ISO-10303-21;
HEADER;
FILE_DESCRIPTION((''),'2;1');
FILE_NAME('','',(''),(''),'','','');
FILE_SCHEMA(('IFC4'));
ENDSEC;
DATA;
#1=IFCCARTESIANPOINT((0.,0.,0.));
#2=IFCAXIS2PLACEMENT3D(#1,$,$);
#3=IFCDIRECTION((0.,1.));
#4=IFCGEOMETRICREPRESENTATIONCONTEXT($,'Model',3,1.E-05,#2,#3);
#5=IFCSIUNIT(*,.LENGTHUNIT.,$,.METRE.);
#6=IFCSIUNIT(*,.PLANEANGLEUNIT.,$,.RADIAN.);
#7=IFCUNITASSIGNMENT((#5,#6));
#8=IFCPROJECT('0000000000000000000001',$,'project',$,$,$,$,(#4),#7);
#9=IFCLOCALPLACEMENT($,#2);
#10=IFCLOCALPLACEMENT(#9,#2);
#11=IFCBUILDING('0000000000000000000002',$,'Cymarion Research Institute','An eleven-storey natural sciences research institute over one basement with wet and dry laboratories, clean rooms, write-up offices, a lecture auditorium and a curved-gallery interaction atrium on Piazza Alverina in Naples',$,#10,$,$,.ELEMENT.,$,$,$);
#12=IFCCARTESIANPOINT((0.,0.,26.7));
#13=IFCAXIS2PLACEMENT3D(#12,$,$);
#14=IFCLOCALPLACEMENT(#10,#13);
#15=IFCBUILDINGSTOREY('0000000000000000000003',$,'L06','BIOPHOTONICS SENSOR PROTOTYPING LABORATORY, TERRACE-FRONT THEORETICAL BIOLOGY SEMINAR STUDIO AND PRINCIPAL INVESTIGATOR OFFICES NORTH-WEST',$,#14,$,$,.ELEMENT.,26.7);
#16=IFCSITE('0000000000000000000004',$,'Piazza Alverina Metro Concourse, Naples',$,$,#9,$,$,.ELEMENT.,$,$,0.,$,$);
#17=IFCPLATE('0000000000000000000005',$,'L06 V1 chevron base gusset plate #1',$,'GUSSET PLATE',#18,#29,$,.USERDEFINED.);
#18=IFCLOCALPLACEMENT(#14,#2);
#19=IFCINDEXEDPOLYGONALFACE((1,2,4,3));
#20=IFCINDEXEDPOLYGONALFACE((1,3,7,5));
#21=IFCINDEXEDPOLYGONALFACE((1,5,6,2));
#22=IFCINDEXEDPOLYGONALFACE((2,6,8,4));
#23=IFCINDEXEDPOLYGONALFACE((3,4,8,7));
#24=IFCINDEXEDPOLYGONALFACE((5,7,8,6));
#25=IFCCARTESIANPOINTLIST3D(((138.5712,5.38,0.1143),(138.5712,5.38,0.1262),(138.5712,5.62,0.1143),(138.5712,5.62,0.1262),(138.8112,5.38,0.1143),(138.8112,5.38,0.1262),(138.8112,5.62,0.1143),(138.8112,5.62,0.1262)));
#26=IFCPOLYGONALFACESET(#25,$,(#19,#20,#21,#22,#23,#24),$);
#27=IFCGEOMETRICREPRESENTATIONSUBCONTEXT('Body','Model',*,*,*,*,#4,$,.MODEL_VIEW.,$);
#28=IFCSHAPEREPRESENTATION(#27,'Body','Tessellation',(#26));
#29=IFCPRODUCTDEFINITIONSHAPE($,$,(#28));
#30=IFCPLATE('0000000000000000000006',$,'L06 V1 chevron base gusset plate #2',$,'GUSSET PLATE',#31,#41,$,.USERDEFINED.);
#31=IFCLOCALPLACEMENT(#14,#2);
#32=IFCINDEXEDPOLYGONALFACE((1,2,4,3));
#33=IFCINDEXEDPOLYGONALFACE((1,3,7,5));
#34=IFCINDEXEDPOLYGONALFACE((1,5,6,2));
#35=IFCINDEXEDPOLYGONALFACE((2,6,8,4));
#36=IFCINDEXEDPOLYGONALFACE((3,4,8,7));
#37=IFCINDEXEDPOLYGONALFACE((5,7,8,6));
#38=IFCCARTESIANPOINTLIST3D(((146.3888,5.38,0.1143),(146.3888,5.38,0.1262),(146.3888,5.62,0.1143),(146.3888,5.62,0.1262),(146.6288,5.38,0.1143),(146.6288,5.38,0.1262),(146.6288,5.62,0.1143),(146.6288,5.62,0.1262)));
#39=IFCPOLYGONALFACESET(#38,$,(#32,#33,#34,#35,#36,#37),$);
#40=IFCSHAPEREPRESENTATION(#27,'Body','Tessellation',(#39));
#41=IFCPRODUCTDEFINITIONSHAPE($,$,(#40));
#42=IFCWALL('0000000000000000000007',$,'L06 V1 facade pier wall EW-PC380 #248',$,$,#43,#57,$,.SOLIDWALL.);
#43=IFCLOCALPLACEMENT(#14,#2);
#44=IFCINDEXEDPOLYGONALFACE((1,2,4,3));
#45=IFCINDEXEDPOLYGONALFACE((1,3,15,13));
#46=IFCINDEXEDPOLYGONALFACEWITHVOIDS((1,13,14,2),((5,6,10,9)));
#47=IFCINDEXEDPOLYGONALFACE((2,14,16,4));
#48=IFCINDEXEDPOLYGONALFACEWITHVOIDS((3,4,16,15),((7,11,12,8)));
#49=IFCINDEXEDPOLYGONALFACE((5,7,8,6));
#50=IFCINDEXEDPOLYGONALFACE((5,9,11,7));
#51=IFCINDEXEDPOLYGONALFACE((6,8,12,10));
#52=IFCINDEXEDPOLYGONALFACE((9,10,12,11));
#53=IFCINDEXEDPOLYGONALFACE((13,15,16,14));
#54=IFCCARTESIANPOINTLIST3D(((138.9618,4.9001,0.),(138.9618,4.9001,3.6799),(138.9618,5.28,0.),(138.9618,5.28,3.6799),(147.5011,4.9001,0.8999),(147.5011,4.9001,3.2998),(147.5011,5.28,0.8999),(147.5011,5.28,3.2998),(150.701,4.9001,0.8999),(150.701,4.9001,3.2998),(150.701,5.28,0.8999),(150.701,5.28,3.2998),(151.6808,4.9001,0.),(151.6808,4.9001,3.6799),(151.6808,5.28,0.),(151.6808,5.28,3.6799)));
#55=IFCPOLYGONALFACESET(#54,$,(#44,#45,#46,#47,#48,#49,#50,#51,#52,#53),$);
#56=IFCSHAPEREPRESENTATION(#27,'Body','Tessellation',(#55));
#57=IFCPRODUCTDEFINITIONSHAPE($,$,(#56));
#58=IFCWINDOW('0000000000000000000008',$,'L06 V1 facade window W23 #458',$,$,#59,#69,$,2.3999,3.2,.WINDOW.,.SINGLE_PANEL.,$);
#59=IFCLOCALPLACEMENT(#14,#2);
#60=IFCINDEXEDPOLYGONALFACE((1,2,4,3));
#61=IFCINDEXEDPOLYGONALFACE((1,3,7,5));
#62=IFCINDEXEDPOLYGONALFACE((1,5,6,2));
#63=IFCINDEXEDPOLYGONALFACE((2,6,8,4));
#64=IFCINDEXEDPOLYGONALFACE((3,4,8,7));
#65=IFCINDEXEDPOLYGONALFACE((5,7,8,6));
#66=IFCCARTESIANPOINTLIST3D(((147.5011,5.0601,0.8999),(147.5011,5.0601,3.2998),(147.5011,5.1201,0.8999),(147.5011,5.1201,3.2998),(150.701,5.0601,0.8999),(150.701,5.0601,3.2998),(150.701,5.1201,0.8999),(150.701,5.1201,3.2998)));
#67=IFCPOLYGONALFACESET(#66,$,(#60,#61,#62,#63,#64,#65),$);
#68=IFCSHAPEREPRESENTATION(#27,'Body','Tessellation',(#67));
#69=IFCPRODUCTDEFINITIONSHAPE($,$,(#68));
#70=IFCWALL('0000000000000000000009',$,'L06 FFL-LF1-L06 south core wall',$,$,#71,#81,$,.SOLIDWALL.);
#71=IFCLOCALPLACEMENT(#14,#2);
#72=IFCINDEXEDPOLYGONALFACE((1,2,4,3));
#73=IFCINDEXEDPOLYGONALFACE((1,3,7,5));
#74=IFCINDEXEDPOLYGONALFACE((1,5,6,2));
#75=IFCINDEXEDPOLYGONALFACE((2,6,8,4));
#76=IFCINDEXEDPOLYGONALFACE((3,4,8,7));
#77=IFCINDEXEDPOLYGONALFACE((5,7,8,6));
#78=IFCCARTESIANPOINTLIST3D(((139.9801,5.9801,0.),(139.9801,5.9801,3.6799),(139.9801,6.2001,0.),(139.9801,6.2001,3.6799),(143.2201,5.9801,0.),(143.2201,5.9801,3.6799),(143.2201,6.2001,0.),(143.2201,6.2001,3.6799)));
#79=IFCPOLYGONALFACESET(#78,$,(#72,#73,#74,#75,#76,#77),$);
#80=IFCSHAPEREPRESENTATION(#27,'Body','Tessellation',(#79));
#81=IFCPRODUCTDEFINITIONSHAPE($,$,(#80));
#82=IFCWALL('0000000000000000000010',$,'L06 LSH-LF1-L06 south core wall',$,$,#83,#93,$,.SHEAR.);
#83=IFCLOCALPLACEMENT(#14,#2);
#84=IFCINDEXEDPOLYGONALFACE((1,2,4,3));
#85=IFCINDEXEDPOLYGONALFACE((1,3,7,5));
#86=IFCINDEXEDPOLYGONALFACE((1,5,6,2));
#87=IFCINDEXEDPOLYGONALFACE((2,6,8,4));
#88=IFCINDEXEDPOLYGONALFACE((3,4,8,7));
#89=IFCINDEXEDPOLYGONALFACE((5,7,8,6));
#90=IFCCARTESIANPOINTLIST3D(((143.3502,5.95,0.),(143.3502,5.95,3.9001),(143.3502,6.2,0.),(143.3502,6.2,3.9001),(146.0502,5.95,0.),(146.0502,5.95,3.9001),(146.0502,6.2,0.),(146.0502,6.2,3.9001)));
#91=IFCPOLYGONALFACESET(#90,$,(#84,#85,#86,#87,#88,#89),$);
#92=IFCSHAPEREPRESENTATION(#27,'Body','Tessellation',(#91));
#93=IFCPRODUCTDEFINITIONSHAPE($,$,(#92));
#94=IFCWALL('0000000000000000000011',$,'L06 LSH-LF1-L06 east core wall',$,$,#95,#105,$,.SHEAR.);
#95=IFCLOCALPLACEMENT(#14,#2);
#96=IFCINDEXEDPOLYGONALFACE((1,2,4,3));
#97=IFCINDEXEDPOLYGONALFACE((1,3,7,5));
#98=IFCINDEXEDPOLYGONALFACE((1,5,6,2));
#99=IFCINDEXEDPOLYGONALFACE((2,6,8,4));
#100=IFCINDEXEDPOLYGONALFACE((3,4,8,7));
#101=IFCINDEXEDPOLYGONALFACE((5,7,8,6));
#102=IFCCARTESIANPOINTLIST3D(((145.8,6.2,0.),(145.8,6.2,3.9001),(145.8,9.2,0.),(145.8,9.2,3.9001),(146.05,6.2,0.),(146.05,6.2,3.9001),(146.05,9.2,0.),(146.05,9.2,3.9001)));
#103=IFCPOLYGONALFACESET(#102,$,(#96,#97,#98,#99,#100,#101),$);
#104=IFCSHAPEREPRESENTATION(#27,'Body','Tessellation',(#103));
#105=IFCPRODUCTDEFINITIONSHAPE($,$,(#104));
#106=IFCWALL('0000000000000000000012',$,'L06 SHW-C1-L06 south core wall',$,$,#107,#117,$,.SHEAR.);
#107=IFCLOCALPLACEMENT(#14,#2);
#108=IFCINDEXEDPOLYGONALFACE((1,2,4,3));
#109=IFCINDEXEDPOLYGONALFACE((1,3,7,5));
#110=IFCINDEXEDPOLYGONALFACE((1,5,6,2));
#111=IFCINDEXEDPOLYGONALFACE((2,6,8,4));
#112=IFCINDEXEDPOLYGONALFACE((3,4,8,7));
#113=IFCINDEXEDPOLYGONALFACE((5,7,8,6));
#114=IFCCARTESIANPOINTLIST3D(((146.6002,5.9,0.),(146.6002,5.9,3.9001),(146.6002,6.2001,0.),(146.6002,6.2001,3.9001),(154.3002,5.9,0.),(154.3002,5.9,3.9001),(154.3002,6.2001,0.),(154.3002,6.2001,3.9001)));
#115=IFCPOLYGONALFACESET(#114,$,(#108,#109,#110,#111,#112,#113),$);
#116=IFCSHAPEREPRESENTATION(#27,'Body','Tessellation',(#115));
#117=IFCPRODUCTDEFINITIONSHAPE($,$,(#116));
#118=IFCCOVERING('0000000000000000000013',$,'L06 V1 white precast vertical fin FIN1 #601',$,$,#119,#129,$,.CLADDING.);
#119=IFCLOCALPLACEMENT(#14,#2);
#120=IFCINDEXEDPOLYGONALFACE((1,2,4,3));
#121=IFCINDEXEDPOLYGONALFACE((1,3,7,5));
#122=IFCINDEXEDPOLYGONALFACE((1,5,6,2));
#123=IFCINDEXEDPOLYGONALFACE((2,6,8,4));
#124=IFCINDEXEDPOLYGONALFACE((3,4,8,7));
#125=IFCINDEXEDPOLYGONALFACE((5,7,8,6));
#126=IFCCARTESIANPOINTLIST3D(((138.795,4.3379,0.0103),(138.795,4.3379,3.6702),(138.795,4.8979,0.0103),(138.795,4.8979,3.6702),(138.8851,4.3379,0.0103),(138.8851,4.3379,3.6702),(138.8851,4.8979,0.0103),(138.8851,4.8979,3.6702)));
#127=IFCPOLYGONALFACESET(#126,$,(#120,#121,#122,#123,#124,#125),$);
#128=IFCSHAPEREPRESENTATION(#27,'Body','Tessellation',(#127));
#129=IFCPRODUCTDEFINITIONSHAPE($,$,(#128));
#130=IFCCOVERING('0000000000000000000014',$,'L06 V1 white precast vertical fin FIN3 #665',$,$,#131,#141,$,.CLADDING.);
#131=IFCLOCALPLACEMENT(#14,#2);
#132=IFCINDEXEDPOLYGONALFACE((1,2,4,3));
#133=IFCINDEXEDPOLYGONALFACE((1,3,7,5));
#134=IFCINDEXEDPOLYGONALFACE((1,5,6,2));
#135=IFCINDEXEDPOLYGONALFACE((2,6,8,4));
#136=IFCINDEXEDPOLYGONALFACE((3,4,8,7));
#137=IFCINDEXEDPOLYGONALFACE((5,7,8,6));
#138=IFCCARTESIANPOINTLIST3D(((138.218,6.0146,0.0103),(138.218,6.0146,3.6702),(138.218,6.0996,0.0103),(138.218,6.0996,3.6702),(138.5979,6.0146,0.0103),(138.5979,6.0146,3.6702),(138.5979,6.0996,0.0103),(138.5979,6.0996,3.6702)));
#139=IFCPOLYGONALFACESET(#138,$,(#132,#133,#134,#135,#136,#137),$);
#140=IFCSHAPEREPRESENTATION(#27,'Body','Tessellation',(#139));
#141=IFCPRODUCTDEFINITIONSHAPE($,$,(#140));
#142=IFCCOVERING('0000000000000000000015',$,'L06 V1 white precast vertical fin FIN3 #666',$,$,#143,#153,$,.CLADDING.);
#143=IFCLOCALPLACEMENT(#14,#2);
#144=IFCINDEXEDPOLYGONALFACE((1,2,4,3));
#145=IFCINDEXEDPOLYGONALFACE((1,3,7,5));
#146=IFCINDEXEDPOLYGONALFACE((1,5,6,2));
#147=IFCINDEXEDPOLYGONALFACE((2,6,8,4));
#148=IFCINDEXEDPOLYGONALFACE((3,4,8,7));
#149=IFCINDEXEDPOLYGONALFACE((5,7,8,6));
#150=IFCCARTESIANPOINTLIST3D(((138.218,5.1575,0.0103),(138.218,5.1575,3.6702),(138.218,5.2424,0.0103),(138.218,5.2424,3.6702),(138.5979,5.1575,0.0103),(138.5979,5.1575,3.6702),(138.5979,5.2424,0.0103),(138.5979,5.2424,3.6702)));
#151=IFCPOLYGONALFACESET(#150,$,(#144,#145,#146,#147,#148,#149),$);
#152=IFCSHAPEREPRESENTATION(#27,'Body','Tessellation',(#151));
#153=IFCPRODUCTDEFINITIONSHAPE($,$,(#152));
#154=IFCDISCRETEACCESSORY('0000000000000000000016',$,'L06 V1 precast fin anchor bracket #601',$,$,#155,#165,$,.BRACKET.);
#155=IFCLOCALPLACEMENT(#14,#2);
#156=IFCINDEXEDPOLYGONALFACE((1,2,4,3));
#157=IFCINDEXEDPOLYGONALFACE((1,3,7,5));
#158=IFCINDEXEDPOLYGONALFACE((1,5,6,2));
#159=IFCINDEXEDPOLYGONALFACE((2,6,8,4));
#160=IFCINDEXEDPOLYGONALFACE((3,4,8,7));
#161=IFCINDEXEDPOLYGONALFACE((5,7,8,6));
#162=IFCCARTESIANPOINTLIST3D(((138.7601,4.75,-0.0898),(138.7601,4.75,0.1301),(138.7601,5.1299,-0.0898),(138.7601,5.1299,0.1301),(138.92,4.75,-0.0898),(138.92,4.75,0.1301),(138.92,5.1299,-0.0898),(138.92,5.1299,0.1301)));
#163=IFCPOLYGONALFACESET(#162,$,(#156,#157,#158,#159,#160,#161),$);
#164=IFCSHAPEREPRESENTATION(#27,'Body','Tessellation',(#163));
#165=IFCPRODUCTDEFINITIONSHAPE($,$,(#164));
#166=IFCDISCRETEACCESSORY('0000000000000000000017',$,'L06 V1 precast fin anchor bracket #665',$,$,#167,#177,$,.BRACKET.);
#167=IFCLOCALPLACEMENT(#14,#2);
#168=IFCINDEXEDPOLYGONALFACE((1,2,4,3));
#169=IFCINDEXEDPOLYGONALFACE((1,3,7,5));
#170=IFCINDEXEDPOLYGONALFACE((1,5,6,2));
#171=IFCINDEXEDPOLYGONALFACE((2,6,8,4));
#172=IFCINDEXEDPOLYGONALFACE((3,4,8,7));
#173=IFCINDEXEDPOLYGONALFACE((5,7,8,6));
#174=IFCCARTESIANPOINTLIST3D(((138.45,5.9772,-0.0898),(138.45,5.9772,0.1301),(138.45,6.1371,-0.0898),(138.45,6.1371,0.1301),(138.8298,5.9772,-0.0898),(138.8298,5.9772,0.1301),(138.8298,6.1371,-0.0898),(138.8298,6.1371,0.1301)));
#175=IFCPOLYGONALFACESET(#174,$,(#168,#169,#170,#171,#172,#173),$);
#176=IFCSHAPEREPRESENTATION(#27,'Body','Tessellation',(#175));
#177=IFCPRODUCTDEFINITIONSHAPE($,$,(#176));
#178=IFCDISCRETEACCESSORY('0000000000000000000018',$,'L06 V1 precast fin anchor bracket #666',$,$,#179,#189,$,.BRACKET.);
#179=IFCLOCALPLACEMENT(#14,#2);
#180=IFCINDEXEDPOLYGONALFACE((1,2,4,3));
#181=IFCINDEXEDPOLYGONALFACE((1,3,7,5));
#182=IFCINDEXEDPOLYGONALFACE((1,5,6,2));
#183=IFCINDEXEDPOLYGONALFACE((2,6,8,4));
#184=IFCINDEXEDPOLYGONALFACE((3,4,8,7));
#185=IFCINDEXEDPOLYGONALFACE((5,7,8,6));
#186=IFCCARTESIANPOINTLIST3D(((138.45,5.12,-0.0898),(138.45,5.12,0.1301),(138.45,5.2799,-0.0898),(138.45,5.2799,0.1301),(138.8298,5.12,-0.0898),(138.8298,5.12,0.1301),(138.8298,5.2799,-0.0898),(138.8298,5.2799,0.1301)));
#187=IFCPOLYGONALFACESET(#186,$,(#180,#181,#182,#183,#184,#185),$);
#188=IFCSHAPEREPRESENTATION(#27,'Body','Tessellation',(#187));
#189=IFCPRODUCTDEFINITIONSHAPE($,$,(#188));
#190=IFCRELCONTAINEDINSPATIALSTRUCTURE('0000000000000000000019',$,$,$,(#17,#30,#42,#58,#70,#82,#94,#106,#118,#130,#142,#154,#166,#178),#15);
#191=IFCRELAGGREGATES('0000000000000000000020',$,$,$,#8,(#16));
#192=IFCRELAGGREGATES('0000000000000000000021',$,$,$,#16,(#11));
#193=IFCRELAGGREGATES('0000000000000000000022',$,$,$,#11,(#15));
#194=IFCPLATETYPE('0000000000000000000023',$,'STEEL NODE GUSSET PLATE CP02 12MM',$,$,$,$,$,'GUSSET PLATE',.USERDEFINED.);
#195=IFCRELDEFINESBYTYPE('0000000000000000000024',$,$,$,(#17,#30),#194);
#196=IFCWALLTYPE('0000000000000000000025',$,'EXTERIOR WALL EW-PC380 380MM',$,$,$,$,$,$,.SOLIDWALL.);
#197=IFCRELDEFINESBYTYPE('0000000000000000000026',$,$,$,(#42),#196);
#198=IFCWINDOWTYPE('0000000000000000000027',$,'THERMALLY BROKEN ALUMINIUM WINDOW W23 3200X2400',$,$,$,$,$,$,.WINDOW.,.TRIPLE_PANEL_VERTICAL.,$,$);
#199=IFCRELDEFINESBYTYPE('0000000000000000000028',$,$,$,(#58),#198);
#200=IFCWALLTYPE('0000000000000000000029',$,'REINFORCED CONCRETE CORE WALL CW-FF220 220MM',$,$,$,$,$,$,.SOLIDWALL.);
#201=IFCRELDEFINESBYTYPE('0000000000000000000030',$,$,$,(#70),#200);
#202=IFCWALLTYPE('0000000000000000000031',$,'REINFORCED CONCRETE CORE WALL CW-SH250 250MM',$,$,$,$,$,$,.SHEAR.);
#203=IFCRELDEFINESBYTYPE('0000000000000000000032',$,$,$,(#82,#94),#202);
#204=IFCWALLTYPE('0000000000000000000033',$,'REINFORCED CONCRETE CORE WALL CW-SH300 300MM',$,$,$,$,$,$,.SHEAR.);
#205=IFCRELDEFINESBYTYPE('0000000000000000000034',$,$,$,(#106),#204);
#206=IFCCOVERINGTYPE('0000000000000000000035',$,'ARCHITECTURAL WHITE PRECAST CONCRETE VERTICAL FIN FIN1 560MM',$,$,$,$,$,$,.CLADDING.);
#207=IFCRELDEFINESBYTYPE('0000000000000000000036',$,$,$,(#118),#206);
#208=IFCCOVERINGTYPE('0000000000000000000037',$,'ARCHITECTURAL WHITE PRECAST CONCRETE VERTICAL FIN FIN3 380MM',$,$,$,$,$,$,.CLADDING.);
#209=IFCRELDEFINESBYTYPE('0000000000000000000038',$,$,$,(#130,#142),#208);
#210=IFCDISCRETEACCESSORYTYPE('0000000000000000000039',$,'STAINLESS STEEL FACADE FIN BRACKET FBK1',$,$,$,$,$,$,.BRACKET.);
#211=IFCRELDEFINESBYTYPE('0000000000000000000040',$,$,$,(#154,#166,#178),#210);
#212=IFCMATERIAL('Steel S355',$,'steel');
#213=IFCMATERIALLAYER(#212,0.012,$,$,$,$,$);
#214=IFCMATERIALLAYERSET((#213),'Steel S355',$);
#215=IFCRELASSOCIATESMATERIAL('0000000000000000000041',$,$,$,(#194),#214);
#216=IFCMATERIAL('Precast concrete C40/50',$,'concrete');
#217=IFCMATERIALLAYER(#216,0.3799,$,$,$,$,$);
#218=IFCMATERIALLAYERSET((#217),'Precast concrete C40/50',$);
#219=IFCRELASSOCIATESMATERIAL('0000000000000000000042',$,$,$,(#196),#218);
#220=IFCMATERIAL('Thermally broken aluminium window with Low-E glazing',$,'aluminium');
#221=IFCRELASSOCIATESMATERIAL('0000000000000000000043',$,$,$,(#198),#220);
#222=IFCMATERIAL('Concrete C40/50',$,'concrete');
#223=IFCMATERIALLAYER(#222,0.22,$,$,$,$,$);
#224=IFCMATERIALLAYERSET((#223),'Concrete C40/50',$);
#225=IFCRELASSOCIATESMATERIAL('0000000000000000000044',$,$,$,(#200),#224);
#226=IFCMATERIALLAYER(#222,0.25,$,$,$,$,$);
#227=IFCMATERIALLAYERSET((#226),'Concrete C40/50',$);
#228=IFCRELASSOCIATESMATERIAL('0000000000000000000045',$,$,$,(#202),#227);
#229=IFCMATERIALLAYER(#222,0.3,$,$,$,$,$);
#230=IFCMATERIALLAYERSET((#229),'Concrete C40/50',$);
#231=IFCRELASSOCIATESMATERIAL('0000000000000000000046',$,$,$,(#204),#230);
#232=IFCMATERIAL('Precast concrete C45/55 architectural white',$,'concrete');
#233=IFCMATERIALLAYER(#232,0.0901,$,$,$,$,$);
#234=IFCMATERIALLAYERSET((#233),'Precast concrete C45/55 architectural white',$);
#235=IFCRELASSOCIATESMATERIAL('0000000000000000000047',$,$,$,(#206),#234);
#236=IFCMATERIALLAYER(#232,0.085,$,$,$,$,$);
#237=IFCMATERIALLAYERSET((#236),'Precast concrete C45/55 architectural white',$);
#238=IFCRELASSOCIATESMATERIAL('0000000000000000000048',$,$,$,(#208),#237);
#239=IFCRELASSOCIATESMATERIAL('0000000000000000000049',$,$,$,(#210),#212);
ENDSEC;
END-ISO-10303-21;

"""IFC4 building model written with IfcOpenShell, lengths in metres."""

from ifc_helpers import new_model, si_unit, direction, frame, frame_2d, origin, origin_2d, place, context, subcontext, project, spatial, rectangle, extrude, material, layer, layer_set, type_object, element, fill, save


model = new_model("IFC4")

# Units and contexts
model_context = context("Model", 3, precision=1e-05, world=origin(), true_north=direction((0.0, 1.0)))
body_context = subcontext(model_context, "Body", "Model", "MODEL_VIEW")
ifc_project = project(units=[si_unit("LENGTHUNIT", "METRE"), si_unit("PLANEANGLEUNIT", "RADIAN")], contexts=[model_context])

# Site, building, storey
site_placement = place(None, origin())
site = spatial("IfcSite", under=ifc_project, at=site_placement, Name="Piazza Alverina Metro Concourse, Naples", CompositionType="ELEMENT", RefElevation=0.0)
building_placement = place(site_placement, origin())
building = spatial("IfcBuilding", under=site, at=building_placement, Name="Cymarion Research Institute", Description="An eleven-storey natural sciences research institute over one basement with wet and dry laboratories, clean rooms, write-up offices, a lecture auditorium and a curved-gallery interaction atrium on Piazza Alverina in Naples", CompositionType="ELEMENT")
storey_placement = place(building_placement, frame((0.0, 0.0, 26.7)))
storey = spatial("IfcBuildingStorey", under=building, at=storey_placement, Name="L06", Description="BIOPHOTONICS SENSOR PROTOTYPING LABORATORY, TERRACE-FRONT THEORETICAL BIOLOGY SEMINAR STUDIO AND PRINCIPAL INVESTIGATOR OFFICES NORTH-WEST", CompositionType="ELEMENT", Elevation=26.7)

# Shared definitions
ifc_material_1 = material(Name="Steel S355", Category="steel")

# Plates
ifc_layer_1 = layer(ifc_material_1, 0.012)
ifc_layer_set_1 = layer_set([ifc_layer_1], Name="Steel S355")
plate_type = type_object("IfcPlateType", Name="STEEL NODE GUSSET PLATE CP02 12MM", ElementType="GUSSET PLATE", PredefinedType="USERDEFINED", material=ifc_layer_set_1)
for number, where, z_axis, x_axis, name in (
    (1, (138.6912, 5.5, 0.1143), (0.0, 0.0, 1.0), (1.0, 0.0, 0.0), "L06 V1 chevron base gusset plate #1"),
    (2, (146.5088, 5.5, 0.1143), (0.0, 0.0, 1.0), (1.0, 0.0, 0.0), "L06 V1 chevron base gusset plate #2"),
):
    element("IfcPlate", number, at=place(storey_placement, frame(where, z_axis=z_axis, x_axis=x_axis)), inside=storey, type_object=plate_type, Name=name, ObjectType="GUSSET PLATE", PredefinedType="USERDEFINED", context=body_context, shape_type="SweptSolid", body=[
        extrude(rectangle(XDim=0.24, YDim=0.24, at=origin_2d()), origin(), (0.0, 0.0, 1.0), 0.012),
    ])

# Wall, opening, window
ifc_material_2 = material(Name="Precast concrete C40/50", Category="concrete")
ifc_layer_2 = layer(ifc_material_2, 0.3799)
ifc_layer_set_2 = layer_set([ifc_layer_2], Name="Precast concrete C40/50")
wall_type_1 = type_object("IfcWallType", Name="EXTERIOR WALL EW-PC380 380MM", PredefinedType="SOLIDWALL", material=ifc_layer_set_2)
wall_1_placement = place(storey_placement, frame((138.9619, 5.0901, 0.0), z_axis=(0.0, 0.0, 1.0), x_axis=(1.0, 0.0, 0.0)))
wall_1 = element("IfcWall", 3, at=wall_1_placement, inside=storey, type_object=wall_type_1, Name="L06 V1 facade pier wall EW-PC380 #248", PredefinedType="SOLIDWALL", context=body_context, shape_type="SweptSolid", body=[
    extrude(rectangle(XDim=12.719, YDim=0.3799, at=frame_2d((6.3594, 0.0))), origin(), (0.0, 0.0, 1.0), 3.6799),
])
opening_placement = place(wall_1_placement, frame((8.5391, 0.0, 0.8999)))
opening = element("IfcOpeningElement", 4, at=opening_placement, cuts=wall_1, PredefinedType="OPENING", context=body_context, shape_type="SweptSolid", body=[
    extrude(rectangle(XDim=3.2, YDim=2.3999, at=frame_2d((1.6001, 1.2))), frame((0.0, 0.2, 0.0), z_axis=(0.0, -1.0, 0.0), x_axis=(1.0, 0.0, 0.0)), (0.0, 0.0, 1.0), 0.3999),
])
ifc_material_3 = material(Name="Thermally broken aluminium window with Low-E glazing", Category="aluminium")
window_type = type_object("IfcWindowType", Name="THERMALLY BROKEN ALUMINIUM WINDOW W23 3200X2400", PartitioningType="TRIPLE_PANEL_VERTICAL", PredefinedType="WINDOW", material=ifc_material_3)
window_placement = place(opening_placement, origin())
window = element("IfcWindow", 5, at=window_placement, inside=storey, type_object=window_type, Name="L06 V1 facade window W23 #458", OverallHeight=2.3999, OverallWidth=3.2, PartitioningType="SINGLE_PANEL", PredefinedType="WINDOW", context=body_context, shape_type="SweptSolid", body=[
    extrude(rectangle(XDim=3.2, YDim=2.3999, at=frame_2d((1.6001, 1.2))), frame((0.0, 0.03, 0.0), z_axis=(0.0, -1.0, 0.0), x_axis=(1.0, 0.0, 0.0)), (0.0, 0.0, 1.0), 0.0601),
])
fill(opening, window)

# Walls
ifc_material_4 = material(Name="Concrete C40/50", Category="concrete")
ifc_layer_3 = layer(ifc_material_4, 0.22)
ifc_layer_set_3 = layer_set([ifc_layer_3], Name="Concrete C40/50")
wall_type_2 = type_object("IfcWallType", Name="REINFORCED CONCRETE CORE WALL CW-FF220 220MM", PredefinedType="SOLIDWALL", material=ifc_layer_set_3)
wall_2_placement = place(storey_placement, frame((139.98, 6.0901, 0.0), z_axis=(0.0, 0.0, 1.0), x_axis=(1.0, 0.0, 0.0)))
element("IfcWall", 6, at=wall_2_placement, inside=storey, type_object=wall_type_2, Name="L06 FFL-LF1-L06 south core wall", PredefinedType="SOLIDWALL", context=body_context, shape_type="SweptSolid", body=[
    extrude(rectangle(XDim=3.24, YDim=0.22, at=frame_2d((1.6201, 0.0))), origin(), (0.0, 0.0, 1.0), 3.6799),
])
ifc_layer_4 = layer(ifc_material_4, 0.25)
ifc_layer_set_4 = layer_set([ifc_layer_4], Name="Concrete C40/50")
wall_type_3 = type_object("IfcWallType", Name="REINFORCED CONCRETE CORE WALL CW-SH250 250MM", PredefinedType="SHEAR", material=ifc_layer_set_4)
wall_3_placement = place(storey_placement, frame((143.3501, 6.075, 0.0), z_axis=(0.0, 0.0, 1.0), x_axis=(1.0, 0.0, 0.0)))
element("IfcWall", 7, at=wall_3_placement, inside=storey, type_object=wall_type_3, Name="L06 LSH-LF1-L06 south core wall", PredefinedType="SHEAR", context=body_context, shape_type="SweptSolid", body=[
    extrude(rectangle(XDim=2.7, YDim=0.25, at=frame_2d((1.3501, 0.0))), origin(), (0.0, 0.0, 1.0), 3.9001),
])
wall_4_placement = place(storey_placement, frame((145.925, 6.2, 0.0), z_axis=(0.0, 0.0, 1.0), x_axis=(0.0, 1.0, 0.0)))
element("IfcWall", 8, at=wall_4_placement, inside=storey, type_object=wall_type_3, Name="L06 LSH-LF1-L06 east core wall", PredefinedType="SHEAR", context=body_context, shape_type="SweptSolid", body=[
    extrude(rectangle(XDim=3.0, YDim=0.25, at=frame_2d((1.5, 0.0))), origin(), (0.0, 0.0, 1.0), 3.9001),
])
ifc_layer_5 = layer(ifc_material_4, 0.3)
ifc_layer_set_5 = layer_set([ifc_layer_5], Name="Concrete C40/50")
wall_type_4 = type_object("IfcWallType", Name="REINFORCED CONCRETE CORE WALL CW-SH300 300MM", PredefinedType="SHEAR", material=ifc_layer_set_5)
wall_5_placement = place(storey_placement, frame((146.6001, 6.05, 0.0), z_axis=(0.0, 0.0, 1.0), x_axis=(1.0, 0.0, 0.0)))
element("IfcWall", 9, at=wall_5_placement, inside=storey, type_object=wall_type_4, Name="L06 SHW-C1-L06 south core wall", PredefinedType="SHEAR", context=body_context, shape_type="SweptSolid", body=[
    extrude(rectangle(XDim=7.7, YDim=0.3, at=frame_2d((3.8501, 0.0))), origin(), (0.0, 0.0, 1.0), 3.9001),
])

# Coverings
ifc_material_5 = material(Name="Precast concrete C45/55 architectural white", Category="concrete")
ifc_layer_6 = layer(ifc_material_5, 0.0901)
ifc_layer_set_6 = layer_set([ifc_layer_6], Name="Precast concrete C45/55 architectural white")
covering_type_1 = type_object("IfcCoveringType", Name="ARCHITECTURAL WHITE PRECAST CONCRETE VERTICAL FIN FIN1 560MM", PredefinedType="CLADDING", material=ifc_layer_set_6)
covering_placement = place(storey_placement, frame((138.8401, 4.6179, 0.0103), z_axis=(0.0, 0.0, 1.0), x_axis=(0.0, -1.0, 0.0)))
element("IfcCovering", 10, at=covering_placement, inside=storey, type_object=covering_type_1, Name="L06 V1 white precast vertical fin FIN1 #601", PredefinedType="CLADDING", context=body_context, shape_type="SweptSolid", body=[
    extrude(rectangle(XDim=0.5601, YDim=0.0901, at=origin_2d()), origin(), (0.0, 0.0, 1.0), 3.6599),
])
ifc_layer_7 = layer(ifc_material_5, 0.085)
ifc_layer_set_7 = layer_set([ifc_layer_7], Name="Precast concrete C45/55 architectural white")
covering_type_2 = type_object("IfcCoveringType", Name="ARCHITECTURAL WHITE PRECAST CONCRETE VERTICAL FIN FIN3 380MM", PredefinedType="CLADDING", material=ifc_layer_set_7)
for number, where, z_axis, x_axis, name in (
    (11, (138.408, 6.0571, 0.0103), (0.0, 0.0, 1.0), (-1.0, 0.0, 0.0), "L06 V1 white precast vertical fin FIN3 #665"),
    (12, (138.408, 5.2, 0.0103), (0.0, 0.0, 1.0), (-1.0, 0.0, 0.0), "L06 V1 white precast vertical fin FIN3 #666"),
):
    element("IfcCovering", number, at=place(storey_placement, frame(where, z_axis=z_axis, x_axis=x_axis)), inside=storey, type_object=covering_type_2, Name=name, PredefinedType="CLADDING", context=body_context, shape_type="SweptSolid", body=[
        extrude(rectangle(XDim=0.3799, YDim=0.085, at=origin_2d()), origin(), (0.0, 0.0, 1.0), 3.6599),
    ])

# Discrete accessories
discrete_accessory_type = type_object("IfcDiscreteAccessoryType", Name="STAINLESS STEEL FACADE FIN BRACKET FBK1", PredefinedType="BRACKET", material=ifc_material_1)
for number, where, z_axis, x_axis, name in (
    (13, (138.8401, 4.9399, -0.0898), (0.0, 0.0, 1.0), (0.0, -1.0, 0.0), "L06 V1 precast fin anchor bracket #601"),
    (14, (138.6399, 6.0571, -0.0898), (0.0, 0.0, 1.0), (-1.0, 0.0, 0.0), "L06 V1 precast fin anchor bracket #665"),
    (15, (138.6399, 5.2, -0.0898), (0.0, 0.0, 1.0), (-1.0, 0.0, 0.0), "L06 V1 precast fin anchor bracket #666"),
):
    element("IfcDiscreteAccessory", number, at=place(storey_placement, frame(where, z_axis=z_axis, x_axis=x_axis)), inside=storey, type_object=discrete_accessory_type, Name=name, PredefinedType="BRACKET", context=body_context, shape_type="SweptSolid", body=[
        extrude(rectangle(XDim=0.3799, YDim=0.1599, at=origin_2d()), origin(), (0.0, 0.0, 1.0), 0.22),
    ])

save(model, "model.ifc")
